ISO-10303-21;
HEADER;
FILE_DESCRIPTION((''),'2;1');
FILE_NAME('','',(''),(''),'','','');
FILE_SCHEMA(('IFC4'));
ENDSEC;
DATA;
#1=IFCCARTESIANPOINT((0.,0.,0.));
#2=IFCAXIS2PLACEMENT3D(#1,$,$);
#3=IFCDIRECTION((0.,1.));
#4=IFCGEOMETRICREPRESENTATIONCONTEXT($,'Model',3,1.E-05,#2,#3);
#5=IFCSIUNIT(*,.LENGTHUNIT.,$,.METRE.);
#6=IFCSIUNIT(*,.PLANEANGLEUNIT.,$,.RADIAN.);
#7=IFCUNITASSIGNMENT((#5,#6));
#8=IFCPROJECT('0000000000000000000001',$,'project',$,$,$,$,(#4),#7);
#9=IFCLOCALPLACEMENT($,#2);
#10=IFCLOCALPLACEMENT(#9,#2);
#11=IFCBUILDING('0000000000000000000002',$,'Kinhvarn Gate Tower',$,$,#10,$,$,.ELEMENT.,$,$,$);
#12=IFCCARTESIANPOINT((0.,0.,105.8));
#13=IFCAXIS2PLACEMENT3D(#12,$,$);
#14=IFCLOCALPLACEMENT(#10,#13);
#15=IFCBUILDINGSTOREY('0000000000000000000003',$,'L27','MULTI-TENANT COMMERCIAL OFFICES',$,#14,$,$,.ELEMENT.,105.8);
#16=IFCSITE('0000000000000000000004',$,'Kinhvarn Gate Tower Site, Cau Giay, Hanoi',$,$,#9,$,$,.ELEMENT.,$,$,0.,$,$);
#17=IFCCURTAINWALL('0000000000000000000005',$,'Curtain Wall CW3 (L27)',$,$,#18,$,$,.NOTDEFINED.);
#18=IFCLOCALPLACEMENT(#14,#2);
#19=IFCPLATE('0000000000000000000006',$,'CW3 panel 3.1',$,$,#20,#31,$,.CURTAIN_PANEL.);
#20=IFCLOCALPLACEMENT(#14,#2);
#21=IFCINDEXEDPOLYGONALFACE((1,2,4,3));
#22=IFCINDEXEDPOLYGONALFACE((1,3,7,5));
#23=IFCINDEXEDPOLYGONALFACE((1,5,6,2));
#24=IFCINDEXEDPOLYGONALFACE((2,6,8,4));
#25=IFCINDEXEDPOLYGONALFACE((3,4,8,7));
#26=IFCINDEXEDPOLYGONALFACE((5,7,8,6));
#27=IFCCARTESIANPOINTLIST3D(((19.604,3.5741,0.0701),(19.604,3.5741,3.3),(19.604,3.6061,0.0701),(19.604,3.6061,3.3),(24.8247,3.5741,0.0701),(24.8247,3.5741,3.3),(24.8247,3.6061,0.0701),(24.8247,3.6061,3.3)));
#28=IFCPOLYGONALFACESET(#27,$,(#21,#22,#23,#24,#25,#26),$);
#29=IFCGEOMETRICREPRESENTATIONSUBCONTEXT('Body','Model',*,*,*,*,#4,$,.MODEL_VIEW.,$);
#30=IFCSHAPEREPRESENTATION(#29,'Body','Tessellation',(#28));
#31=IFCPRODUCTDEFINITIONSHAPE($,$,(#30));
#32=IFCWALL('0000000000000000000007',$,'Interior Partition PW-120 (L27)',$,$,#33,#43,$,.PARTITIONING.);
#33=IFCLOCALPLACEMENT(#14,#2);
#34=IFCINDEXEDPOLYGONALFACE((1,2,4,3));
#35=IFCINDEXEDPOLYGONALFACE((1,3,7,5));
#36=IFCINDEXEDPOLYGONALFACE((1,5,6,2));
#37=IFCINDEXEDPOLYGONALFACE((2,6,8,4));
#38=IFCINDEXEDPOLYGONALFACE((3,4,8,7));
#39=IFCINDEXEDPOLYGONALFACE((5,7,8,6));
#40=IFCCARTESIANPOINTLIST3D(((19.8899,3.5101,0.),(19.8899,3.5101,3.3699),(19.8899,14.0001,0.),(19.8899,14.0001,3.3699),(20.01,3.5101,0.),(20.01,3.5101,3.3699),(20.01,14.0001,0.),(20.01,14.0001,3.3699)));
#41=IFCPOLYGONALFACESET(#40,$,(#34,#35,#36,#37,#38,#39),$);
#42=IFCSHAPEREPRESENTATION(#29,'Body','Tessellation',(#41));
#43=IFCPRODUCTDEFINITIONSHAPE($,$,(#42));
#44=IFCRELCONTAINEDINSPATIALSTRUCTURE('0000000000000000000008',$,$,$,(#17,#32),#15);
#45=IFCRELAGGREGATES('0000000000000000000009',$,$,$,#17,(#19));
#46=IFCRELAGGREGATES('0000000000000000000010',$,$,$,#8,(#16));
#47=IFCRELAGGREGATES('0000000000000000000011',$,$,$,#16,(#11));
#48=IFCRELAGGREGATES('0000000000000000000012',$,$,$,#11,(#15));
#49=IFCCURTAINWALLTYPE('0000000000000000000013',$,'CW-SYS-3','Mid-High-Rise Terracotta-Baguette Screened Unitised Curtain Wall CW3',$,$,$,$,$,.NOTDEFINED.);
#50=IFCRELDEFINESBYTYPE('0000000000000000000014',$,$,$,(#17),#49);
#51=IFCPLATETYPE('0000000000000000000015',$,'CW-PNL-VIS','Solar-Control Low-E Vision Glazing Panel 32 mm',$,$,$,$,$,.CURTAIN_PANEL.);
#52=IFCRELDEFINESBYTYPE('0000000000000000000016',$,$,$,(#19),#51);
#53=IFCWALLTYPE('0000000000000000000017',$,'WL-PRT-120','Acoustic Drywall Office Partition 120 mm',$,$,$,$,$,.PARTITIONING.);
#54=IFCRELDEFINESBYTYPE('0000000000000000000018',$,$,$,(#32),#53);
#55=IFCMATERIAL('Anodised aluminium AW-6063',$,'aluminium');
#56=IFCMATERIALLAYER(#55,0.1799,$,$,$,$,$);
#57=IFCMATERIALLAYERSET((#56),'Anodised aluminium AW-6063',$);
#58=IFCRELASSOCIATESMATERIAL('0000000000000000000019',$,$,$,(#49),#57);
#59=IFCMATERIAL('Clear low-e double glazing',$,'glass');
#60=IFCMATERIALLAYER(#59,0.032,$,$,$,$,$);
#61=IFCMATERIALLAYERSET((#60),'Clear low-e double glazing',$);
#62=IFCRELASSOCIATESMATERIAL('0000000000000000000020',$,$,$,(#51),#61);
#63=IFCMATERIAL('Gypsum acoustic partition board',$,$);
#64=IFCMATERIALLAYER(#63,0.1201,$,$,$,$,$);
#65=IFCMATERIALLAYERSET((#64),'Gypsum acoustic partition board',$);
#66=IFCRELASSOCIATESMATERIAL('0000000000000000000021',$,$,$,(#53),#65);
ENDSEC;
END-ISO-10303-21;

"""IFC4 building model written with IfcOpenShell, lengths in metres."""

from ifc_helpers import new_model, si_unit, direction, frame, frame_2d, origin, origin_2d, place, context, subcontext, project, spatial, rectangle, extrude, material, layer, layer_set, type_object, element, aggregate, save


model = new_model("IFC4")

# Units and contexts
model_context = context("Model", 3, precision=1e-05, world=origin(), true_north=direction((0.0, 1.0)))
body_context = subcontext(model_context, "Body", "Model", "MODEL_VIEW")
ifc_project = project(units=[si_unit("LENGTHUNIT", "METRE"), si_unit("PLANEANGLEUNIT", "RADIAN")], contexts=[model_context])

# Site, building, storey
site_placement = place(None, origin())
site = spatial("IfcSite", under=ifc_project, at=site_placement, Name="Kinhvarn Gate Tower Site, Cau Giay, Hanoi", CompositionType="ELEMENT", RefElevation=0.0)
building_placement = place(site_placement, origin())
building = spatial("IfcBuilding", under=site, at=building_placement, Name="Kinhvarn Gate Tower", CompositionType="ELEMENT")
storey_placement = place(building_placement, frame((0.0, 0.0, 105.8)))
storey = spatial("IfcBuildingStorey", under=building, at=storey_placement, Name="L27", Description="MULTI-TENANT COMMERCIAL OFFICES", CompositionType="ELEMENT", Elevation=105.8)

# Curtain wall
ifc_material_1 = material(Name="Anodised aluminium AW-6063", Category="aluminium")
ifc_layer_1 = layer(ifc_material_1, 0.1799)
ifc_layer_set_1 = layer_set([ifc_layer_1], Name="Anodised aluminium AW-6063")
curtain_wall_type = type_object("IfcCurtainWallType", Name="CW-SYS-3", Description="Mid-High-Rise Terracotta-Baguette Screened Unitised Curtain Wall CW3", PredefinedType="NOTDEFINED", material=ifc_layer_set_1)
curtain_wall_placement = place(storey_placement, origin())
curtain_wall = element("IfcCurtainWall", 1, at=curtain_wall_placement, inside=storey, type_object=curtain_wall_type, Name="Curtain Wall CW3 (L27)", PredefinedType="NOTDEFINED")

# Plate
ifc_material_2 = material(Name="Clear low-e double glazing", Category="glass")
ifc_layer_2 = layer(ifc_material_2, 0.032)
ifc_layer_set_2 = layer_set([ifc_layer_2], Name="Clear low-e double glazing")
plate_type = type_object("IfcPlateType", Name="CW-PNL-VIS", Description="Solar-Control Low-E Vision Glazing Panel 32 mm", PredefinedType="CURTAIN_PANEL", material=ifc_layer_set_2)
plate_1_placement = place(storey_placement, frame((22.2144, 3.5901, 0.0701), z_axis=(0.0, 0.0, 1.0), x_axis=(1.0, 0.0, 0.0)))
plate_1 = element("IfcPlate", 2, at=plate_1_placement, type_object=plate_type, Name="CW3 panel 3.1", PredefinedType="CURTAIN_PANEL", context=body_context, shape_type="SweptSolid", body=[
    extrude(rectangle(XDim=5.2207, YDim=0.032, at=origin_2d()), origin(), (0.0, 0.0, 1.0), 3.23),
])
aggregate(curtain_wall, [plate_1])

# Wall
ifc_material_3 = material(Name="Gypsum acoustic partition board")
ifc_layer_3 = layer(ifc_material_3, 0.1201)
ifc_layer_set_3 = layer_set([ifc_layer_3], Name="Gypsum acoustic partition board")
wall_type = type_object("IfcWallType", Name="WL-PRT-120", Description="Acoustic Drywall Office Partition 120 mm", PredefinedType="PARTITIONING", material=ifc_layer_set_3)
wall_placement = place(storey_placement, frame((19.95, 3.51, 0.0), z_axis=(0.0, 0.0, 1.0), x_axis=(0.0, 1.0, 0.0)))
element("IfcWall", 3, at=wall_placement, inside=storey, type_object=wall_type, Name="Interior Partition PW-120 (L27)", PredefinedType="PARTITIONING", context=body_context, shape_type="SweptSolid", body=[
    extrude(rectangle(XDim=10.49, YDim=0.1201, at=frame_2d((5.2451, 0.0))), origin(), (0.0, 0.0, 1.0), 3.3699),
])

save(model, "model.ifc")
